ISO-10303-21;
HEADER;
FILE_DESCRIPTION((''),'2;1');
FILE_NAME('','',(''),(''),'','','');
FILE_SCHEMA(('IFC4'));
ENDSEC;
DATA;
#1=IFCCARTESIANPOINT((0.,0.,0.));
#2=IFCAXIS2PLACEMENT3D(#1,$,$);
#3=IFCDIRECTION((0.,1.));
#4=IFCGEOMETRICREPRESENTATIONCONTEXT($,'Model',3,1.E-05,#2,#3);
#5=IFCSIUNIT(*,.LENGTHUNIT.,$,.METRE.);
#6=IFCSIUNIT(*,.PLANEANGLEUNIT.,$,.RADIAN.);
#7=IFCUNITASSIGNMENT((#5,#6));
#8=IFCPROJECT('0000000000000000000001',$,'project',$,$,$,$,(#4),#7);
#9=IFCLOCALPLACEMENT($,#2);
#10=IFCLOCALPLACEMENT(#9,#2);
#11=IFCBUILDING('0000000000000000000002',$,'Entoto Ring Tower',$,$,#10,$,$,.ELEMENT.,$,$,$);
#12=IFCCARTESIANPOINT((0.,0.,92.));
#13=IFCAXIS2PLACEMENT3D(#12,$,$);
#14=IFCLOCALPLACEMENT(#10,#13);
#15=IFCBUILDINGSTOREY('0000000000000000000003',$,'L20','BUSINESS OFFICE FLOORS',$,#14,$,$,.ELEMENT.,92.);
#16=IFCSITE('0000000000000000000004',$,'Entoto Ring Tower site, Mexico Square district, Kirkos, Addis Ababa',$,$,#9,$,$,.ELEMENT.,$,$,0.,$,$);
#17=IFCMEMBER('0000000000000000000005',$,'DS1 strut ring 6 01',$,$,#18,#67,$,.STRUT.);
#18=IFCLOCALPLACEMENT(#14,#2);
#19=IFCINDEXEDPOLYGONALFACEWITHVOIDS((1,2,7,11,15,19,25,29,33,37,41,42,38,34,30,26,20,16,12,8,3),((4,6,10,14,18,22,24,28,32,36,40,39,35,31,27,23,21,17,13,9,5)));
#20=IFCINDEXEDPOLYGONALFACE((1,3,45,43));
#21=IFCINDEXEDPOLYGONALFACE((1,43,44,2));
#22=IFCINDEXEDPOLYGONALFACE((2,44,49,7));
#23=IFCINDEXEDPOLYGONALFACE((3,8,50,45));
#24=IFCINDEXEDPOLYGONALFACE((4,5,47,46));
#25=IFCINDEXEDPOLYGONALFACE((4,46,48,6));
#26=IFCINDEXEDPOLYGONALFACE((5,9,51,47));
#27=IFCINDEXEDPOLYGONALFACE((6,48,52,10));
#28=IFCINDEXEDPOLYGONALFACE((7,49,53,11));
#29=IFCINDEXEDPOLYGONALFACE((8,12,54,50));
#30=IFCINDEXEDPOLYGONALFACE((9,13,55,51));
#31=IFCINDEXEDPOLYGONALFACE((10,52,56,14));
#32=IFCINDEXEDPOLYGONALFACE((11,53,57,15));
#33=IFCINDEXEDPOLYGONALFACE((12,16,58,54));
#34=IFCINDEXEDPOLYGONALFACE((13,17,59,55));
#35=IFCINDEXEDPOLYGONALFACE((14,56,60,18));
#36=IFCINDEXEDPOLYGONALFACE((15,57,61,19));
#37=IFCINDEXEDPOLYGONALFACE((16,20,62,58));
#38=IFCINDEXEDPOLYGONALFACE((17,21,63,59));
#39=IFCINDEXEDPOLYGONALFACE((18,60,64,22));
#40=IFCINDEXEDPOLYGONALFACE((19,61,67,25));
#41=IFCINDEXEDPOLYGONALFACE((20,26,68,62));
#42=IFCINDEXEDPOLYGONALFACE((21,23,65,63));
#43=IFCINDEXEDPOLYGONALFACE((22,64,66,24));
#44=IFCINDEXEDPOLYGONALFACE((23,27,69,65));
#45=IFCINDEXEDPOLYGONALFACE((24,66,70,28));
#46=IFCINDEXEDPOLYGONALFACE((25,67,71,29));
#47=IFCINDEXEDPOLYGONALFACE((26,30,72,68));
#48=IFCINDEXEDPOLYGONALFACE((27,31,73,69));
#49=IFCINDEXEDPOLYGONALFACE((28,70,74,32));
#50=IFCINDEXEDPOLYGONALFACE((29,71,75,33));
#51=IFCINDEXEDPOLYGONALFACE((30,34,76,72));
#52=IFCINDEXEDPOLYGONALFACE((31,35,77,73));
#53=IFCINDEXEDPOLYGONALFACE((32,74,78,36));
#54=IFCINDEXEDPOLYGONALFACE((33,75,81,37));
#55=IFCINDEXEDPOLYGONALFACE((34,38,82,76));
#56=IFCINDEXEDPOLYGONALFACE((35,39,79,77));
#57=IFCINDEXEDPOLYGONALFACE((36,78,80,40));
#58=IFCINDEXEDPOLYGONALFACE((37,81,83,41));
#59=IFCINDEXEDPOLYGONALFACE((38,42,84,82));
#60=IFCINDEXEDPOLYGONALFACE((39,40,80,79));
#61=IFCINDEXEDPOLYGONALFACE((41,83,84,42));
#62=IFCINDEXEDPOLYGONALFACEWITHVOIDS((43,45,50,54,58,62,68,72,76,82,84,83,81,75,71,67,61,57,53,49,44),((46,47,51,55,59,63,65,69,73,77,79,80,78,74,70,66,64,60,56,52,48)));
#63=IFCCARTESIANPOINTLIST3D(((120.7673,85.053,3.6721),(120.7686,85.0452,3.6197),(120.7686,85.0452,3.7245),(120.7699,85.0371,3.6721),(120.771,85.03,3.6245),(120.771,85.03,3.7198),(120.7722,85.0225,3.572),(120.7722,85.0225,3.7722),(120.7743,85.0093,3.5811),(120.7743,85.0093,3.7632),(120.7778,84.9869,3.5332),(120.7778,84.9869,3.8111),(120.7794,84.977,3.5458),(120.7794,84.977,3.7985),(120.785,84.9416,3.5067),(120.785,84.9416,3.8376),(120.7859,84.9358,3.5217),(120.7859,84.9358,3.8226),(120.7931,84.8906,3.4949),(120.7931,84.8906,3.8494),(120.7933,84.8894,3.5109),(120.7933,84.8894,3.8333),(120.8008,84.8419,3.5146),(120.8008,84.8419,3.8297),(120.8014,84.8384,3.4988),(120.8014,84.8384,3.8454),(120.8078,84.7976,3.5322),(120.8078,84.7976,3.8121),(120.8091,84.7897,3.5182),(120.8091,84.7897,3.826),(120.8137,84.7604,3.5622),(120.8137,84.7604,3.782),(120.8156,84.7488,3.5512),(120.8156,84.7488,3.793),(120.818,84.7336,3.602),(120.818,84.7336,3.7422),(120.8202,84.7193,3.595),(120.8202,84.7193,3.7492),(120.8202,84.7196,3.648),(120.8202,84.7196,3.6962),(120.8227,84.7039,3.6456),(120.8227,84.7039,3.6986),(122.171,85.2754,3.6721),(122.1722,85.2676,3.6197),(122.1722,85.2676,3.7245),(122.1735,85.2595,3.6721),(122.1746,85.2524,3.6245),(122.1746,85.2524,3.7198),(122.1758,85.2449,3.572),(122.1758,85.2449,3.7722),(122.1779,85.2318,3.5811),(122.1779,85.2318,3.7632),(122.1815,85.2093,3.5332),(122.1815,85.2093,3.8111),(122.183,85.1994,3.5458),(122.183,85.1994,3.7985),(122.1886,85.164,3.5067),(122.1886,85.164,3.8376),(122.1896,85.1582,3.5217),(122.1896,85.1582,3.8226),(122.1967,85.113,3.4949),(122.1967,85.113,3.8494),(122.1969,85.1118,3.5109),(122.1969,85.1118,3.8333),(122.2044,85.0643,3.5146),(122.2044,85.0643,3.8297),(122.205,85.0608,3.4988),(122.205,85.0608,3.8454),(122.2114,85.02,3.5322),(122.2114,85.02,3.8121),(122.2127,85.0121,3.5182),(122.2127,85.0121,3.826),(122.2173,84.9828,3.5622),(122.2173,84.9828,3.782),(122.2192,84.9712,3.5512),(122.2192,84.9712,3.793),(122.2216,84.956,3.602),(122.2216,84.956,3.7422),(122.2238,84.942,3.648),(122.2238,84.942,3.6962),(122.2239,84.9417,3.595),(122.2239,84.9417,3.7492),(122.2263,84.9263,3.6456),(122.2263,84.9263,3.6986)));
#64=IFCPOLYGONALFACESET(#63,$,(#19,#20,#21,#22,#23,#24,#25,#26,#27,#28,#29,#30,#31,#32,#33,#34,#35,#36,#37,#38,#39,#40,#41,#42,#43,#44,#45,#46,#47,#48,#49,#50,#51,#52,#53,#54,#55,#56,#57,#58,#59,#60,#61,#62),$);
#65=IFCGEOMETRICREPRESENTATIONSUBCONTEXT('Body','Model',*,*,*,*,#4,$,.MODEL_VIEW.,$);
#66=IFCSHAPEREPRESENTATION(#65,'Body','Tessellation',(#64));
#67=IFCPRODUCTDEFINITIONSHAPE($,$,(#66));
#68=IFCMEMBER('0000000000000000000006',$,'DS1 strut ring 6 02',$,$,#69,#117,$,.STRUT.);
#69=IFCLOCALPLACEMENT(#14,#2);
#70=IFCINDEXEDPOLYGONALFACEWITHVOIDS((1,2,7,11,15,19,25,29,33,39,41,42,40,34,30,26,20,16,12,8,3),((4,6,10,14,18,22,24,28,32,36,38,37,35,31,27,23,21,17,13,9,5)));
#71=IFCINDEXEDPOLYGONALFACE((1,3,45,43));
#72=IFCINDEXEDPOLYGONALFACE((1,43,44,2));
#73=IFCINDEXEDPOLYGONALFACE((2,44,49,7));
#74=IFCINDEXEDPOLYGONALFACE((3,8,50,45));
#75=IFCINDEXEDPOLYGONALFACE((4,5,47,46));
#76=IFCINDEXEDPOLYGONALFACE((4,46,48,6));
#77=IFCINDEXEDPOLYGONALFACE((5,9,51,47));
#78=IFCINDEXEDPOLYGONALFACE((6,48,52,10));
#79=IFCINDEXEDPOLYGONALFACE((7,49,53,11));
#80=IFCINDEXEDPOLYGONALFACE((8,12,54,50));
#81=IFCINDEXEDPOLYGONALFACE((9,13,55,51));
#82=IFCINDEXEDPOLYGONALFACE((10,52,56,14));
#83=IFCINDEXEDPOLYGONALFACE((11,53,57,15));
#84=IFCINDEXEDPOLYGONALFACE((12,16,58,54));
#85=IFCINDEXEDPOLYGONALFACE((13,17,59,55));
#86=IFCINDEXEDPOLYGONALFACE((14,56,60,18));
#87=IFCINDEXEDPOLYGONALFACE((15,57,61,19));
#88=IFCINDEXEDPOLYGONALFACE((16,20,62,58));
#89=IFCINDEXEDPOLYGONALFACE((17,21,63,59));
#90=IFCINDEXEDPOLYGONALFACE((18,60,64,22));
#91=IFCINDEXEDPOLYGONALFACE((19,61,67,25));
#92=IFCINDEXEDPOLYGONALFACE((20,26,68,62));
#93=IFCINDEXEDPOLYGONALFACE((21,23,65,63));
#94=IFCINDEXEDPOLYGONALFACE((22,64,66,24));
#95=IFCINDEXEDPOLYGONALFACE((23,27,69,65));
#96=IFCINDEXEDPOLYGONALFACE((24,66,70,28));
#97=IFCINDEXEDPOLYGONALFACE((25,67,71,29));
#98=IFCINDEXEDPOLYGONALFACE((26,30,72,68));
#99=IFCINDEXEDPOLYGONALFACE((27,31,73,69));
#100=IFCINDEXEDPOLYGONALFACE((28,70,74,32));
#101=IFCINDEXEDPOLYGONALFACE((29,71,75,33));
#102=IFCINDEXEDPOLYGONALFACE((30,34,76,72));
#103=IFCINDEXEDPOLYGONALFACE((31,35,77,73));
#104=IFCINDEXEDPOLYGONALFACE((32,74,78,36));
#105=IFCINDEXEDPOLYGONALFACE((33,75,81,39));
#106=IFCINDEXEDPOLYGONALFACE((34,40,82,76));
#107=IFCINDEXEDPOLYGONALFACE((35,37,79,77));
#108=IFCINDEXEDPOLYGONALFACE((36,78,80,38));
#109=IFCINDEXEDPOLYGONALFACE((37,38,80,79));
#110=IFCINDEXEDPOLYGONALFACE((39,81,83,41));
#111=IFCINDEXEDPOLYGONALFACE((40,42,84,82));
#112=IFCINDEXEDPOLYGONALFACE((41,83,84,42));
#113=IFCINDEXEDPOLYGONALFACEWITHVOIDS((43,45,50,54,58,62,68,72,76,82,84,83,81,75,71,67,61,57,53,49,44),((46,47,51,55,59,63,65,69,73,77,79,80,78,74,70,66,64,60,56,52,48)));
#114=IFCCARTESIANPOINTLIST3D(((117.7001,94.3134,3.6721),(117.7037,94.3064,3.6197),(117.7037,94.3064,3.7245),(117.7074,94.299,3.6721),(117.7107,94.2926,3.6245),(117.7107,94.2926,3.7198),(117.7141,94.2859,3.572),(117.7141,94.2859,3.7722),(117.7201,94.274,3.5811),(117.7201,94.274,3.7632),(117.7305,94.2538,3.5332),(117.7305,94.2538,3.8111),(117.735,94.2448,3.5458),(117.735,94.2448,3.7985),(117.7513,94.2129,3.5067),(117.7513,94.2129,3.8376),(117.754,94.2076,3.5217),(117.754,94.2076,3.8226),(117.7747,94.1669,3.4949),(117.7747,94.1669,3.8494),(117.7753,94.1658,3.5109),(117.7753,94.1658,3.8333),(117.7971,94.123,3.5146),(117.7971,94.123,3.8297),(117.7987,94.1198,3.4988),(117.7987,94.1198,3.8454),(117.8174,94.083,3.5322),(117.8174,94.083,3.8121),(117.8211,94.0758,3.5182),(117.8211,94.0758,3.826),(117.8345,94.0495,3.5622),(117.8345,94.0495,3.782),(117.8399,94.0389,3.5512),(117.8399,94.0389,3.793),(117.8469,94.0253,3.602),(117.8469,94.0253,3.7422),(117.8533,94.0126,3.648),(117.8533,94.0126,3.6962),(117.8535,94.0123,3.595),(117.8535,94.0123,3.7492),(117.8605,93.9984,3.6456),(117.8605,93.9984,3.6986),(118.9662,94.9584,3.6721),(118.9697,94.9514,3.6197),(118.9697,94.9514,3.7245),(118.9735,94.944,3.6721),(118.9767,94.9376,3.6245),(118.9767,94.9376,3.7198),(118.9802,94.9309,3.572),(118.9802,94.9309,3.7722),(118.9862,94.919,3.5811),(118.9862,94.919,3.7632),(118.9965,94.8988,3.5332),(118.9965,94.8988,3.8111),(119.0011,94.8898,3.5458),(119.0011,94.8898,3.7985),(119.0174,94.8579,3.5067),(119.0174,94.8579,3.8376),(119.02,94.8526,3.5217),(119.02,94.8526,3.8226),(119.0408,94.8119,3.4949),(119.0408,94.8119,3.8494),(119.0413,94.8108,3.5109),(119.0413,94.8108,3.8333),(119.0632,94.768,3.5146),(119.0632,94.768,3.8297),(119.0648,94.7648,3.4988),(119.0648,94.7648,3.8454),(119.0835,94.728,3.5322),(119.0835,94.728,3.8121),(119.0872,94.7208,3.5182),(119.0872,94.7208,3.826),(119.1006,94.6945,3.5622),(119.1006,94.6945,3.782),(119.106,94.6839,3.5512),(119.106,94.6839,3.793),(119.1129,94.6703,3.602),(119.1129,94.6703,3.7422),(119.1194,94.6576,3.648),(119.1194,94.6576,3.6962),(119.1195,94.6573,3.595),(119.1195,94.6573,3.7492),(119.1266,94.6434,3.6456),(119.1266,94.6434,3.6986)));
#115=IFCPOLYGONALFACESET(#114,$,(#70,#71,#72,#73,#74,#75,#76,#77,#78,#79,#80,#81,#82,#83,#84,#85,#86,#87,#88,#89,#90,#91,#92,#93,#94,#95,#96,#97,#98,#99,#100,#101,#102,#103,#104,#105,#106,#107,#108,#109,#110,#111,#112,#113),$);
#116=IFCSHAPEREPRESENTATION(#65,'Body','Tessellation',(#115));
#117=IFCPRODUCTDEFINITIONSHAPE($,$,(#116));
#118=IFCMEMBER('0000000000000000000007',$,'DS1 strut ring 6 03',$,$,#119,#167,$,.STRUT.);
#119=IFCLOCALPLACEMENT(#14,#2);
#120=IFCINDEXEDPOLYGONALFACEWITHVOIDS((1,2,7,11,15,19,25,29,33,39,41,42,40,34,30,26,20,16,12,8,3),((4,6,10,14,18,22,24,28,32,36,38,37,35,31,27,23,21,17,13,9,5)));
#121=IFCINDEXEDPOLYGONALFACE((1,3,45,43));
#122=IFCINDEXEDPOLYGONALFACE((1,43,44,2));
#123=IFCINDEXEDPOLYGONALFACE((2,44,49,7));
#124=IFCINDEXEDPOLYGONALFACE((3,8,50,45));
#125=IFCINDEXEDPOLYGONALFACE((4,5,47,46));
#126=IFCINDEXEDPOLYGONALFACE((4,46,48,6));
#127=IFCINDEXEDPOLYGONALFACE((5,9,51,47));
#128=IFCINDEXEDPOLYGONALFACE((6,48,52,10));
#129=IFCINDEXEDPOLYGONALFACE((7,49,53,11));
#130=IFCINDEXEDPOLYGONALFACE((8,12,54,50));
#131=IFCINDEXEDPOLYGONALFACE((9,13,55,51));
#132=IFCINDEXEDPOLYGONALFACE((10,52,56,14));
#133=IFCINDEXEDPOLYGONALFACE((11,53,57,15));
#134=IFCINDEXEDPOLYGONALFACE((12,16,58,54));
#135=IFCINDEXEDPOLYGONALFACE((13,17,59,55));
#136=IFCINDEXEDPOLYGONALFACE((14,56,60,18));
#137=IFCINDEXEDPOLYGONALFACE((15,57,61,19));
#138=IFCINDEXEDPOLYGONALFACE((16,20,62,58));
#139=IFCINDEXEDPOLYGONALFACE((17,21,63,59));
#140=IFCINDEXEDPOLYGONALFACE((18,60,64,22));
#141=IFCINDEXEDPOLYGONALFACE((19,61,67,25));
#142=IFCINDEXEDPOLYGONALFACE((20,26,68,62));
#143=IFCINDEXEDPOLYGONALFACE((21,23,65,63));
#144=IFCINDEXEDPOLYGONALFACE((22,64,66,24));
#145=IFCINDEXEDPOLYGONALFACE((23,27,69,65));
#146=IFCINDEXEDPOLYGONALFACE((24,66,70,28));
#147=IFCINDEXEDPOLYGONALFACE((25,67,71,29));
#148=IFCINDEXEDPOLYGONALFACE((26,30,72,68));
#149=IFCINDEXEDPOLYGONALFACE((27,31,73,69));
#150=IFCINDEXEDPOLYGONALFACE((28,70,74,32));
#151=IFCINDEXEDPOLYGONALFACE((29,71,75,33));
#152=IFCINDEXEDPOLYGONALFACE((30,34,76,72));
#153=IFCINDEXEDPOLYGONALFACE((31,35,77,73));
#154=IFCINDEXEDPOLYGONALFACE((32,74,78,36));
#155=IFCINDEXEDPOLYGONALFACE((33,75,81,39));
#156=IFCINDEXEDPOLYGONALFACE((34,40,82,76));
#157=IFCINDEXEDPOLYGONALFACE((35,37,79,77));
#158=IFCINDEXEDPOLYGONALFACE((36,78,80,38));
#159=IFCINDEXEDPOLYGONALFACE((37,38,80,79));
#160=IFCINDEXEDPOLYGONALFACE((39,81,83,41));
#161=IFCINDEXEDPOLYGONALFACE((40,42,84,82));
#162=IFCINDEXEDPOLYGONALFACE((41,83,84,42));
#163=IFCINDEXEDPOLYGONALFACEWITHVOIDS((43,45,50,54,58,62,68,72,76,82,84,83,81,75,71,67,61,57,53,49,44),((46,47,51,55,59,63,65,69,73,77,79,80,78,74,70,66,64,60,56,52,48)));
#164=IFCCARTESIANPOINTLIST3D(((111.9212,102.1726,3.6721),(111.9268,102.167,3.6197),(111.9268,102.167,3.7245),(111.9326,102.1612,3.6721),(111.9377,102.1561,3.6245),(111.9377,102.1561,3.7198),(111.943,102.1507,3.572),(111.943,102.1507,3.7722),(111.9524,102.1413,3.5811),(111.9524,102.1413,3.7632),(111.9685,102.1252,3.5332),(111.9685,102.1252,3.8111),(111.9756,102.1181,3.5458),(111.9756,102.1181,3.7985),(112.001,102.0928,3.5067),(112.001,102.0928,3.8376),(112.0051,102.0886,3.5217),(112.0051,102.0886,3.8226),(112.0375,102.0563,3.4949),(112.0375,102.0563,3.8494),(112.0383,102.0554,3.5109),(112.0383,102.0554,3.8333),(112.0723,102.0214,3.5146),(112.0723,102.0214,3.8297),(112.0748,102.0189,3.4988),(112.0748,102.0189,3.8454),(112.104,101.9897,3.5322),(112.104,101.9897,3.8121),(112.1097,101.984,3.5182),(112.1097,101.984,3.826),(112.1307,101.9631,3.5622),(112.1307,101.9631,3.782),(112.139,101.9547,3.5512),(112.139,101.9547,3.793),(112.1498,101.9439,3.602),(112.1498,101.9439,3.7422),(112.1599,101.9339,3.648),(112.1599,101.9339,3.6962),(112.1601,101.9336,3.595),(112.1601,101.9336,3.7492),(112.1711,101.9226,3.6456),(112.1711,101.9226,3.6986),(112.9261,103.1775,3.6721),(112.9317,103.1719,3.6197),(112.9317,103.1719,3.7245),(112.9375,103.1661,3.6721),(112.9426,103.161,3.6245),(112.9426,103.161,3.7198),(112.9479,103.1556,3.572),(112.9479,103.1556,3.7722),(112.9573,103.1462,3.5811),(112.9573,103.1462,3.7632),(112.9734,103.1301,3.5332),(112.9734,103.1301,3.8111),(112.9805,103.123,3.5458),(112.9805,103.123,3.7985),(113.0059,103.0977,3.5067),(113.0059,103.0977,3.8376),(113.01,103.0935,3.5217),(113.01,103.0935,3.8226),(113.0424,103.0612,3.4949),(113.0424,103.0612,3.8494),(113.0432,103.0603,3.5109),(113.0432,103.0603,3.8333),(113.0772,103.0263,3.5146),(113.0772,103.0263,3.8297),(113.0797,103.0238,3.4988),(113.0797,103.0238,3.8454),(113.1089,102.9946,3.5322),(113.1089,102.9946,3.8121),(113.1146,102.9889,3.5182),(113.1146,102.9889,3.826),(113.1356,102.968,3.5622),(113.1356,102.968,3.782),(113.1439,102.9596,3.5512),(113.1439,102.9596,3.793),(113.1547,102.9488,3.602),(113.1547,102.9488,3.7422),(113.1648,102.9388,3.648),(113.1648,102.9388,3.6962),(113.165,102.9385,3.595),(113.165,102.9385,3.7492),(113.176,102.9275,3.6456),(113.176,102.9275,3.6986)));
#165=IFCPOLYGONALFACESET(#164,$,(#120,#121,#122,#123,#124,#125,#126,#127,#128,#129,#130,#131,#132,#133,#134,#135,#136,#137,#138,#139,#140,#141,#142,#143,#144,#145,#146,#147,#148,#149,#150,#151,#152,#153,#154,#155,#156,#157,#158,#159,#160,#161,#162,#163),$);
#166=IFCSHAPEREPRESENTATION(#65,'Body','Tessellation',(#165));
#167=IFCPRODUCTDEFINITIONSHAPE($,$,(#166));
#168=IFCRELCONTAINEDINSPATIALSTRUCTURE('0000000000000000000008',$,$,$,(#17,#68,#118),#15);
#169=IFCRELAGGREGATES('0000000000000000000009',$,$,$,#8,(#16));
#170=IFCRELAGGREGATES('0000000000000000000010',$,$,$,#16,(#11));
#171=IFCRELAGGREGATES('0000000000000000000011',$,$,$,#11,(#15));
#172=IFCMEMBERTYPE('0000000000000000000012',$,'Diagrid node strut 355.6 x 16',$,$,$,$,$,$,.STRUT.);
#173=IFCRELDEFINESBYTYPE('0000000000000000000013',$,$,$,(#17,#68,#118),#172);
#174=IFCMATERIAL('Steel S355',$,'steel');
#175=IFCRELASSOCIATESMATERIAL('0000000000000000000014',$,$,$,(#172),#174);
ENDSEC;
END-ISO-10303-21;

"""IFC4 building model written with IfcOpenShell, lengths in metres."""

from ifc_helpers import new_model, si_unit, direction, frame, origin, origin_2d, place, context, subcontext, project, spatial, circle, hollow_circle, extrude, material, material_profile, profile_set, type_object, element, save


model = new_model("IFC4")

# Units and contexts
model_context = context("Model", 3, precision=1e-05, world=origin(), true_north=direction((0.0, 1.0)))
body_context = subcontext(model_context, "Body", "Model", "MODEL_VIEW")
ifc_project = project(units=[si_unit("LENGTHUNIT", "METRE"), si_unit("PLANEANGLEUNIT", "RADIAN")], contexts=[model_context])

# Site, building, storey
site_placement = place(None, origin())
site = spatial("IfcSite", under=ifc_project, at=site_placement, Name="Entoto Ring Tower site, Mexico Square district, Kirkos, Addis Ababa", CompositionType="ELEMENT", RefElevation=0.0)
building_placement = place(site_placement, origin())
building = spatial("IfcBuilding", under=site, at=building_placement, Name="Entoto Ring Tower", CompositionType="ELEMENT")
storey_placement = place(building_placement, frame((0.0, 0.0, 92.0)))
storey = spatial("IfcBuildingStorey", under=building, at=storey_placement, Name="L20", Description="BUSINESS OFFICE FLOORS", CompositionType="ELEMENT", Elevation=92.0)

# Members
ifc_material_1 = material(Name="Steel S355", Category="steel")
ifc_material_profile_1 = material_profile(ifc_material_1, hollow_circle(Radius=0.1777, WallThickness=0.0161, at=origin_2d()), Name="CHS 355.6 x 16")
ifc_material_2 = material(Name="Concrete C60/75", Category="concrete")
ifc_material_profile_2 = material_profile(ifc_material_2, circle(Radius=0.1619, at=origin_2d()), Name="Concrete C60/75 infill")
ifc_profile_set_1 = profile_set([ifc_material_profile_1, ifc_material_profile_2], Name="Steel S355")
member_type = type_object("IfcMemberType", Name="Diagrid node strut 355.6 x 16", PredefinedType="STRUT", material=ifc_profile_set_1)
member_1_placement = place(storey_placement, frame((120.7952, 84.8774, 3.6721), z_axis=(0.987676, 0.15651, 0.0), x_axis=(-0.15651, 0.987676, 0.0)))
element("IfcMember", 1, at=member_1_placement, inside=storey, type_object=member_type, Name="DS1 strut ring 6 01", PredefinedType="STRUT", context=body_context, shape_type="SweptSolid", body=[
    extrude(hollow_circle(Radius=0.1777, WallThickness=0.0161, at=origin_2d()), origin(), (0.0, 0.0, 1.0), 1.4211),
])
member_2_placement = place(storey_placement, frame((117.7808, 94.155, 3.6721), z_axis=(0.891034, 0.453936, 0.0), x_axis=(-0.453936, 0.891034, 0.0)))
element("IfcMember", 2, at=member_2_placement, inside=storey, type_object=member_type, Name="DS1 strut ring 6 02", PredefinedType="STRUT", context=body_context, shape_type="SweptSolid", body=[
    extrude(hollow_circle(Radius=0.1777, WallThickness=0.0161, at=origin_2d()), origin(), (0.0, 0.0, 1.0), 1.4209),
])
member_3_placement = place(storey_placement, frame((112.0469, 102.0469, 3.6721), z_axis=(0.707107, 0.707107, 0.0), x_axis=(-0.707107, 0.707107, 0.0)))
element("IfcMember", 3, at=member_3_placement, inside=storey, type_object=member_type, Name="DS1 strut ring 6 03", PredefinedType="STRUT", context=body_context, shape_type="SweptSolid", body=[
    extrude(hollow_circle(Radius=0.1777, WallThickness=0.0161, at=origin_2d()), origin(), (0.0, 0.0, 1.0), 1.4211),
])

save(model, "model.ifc")
